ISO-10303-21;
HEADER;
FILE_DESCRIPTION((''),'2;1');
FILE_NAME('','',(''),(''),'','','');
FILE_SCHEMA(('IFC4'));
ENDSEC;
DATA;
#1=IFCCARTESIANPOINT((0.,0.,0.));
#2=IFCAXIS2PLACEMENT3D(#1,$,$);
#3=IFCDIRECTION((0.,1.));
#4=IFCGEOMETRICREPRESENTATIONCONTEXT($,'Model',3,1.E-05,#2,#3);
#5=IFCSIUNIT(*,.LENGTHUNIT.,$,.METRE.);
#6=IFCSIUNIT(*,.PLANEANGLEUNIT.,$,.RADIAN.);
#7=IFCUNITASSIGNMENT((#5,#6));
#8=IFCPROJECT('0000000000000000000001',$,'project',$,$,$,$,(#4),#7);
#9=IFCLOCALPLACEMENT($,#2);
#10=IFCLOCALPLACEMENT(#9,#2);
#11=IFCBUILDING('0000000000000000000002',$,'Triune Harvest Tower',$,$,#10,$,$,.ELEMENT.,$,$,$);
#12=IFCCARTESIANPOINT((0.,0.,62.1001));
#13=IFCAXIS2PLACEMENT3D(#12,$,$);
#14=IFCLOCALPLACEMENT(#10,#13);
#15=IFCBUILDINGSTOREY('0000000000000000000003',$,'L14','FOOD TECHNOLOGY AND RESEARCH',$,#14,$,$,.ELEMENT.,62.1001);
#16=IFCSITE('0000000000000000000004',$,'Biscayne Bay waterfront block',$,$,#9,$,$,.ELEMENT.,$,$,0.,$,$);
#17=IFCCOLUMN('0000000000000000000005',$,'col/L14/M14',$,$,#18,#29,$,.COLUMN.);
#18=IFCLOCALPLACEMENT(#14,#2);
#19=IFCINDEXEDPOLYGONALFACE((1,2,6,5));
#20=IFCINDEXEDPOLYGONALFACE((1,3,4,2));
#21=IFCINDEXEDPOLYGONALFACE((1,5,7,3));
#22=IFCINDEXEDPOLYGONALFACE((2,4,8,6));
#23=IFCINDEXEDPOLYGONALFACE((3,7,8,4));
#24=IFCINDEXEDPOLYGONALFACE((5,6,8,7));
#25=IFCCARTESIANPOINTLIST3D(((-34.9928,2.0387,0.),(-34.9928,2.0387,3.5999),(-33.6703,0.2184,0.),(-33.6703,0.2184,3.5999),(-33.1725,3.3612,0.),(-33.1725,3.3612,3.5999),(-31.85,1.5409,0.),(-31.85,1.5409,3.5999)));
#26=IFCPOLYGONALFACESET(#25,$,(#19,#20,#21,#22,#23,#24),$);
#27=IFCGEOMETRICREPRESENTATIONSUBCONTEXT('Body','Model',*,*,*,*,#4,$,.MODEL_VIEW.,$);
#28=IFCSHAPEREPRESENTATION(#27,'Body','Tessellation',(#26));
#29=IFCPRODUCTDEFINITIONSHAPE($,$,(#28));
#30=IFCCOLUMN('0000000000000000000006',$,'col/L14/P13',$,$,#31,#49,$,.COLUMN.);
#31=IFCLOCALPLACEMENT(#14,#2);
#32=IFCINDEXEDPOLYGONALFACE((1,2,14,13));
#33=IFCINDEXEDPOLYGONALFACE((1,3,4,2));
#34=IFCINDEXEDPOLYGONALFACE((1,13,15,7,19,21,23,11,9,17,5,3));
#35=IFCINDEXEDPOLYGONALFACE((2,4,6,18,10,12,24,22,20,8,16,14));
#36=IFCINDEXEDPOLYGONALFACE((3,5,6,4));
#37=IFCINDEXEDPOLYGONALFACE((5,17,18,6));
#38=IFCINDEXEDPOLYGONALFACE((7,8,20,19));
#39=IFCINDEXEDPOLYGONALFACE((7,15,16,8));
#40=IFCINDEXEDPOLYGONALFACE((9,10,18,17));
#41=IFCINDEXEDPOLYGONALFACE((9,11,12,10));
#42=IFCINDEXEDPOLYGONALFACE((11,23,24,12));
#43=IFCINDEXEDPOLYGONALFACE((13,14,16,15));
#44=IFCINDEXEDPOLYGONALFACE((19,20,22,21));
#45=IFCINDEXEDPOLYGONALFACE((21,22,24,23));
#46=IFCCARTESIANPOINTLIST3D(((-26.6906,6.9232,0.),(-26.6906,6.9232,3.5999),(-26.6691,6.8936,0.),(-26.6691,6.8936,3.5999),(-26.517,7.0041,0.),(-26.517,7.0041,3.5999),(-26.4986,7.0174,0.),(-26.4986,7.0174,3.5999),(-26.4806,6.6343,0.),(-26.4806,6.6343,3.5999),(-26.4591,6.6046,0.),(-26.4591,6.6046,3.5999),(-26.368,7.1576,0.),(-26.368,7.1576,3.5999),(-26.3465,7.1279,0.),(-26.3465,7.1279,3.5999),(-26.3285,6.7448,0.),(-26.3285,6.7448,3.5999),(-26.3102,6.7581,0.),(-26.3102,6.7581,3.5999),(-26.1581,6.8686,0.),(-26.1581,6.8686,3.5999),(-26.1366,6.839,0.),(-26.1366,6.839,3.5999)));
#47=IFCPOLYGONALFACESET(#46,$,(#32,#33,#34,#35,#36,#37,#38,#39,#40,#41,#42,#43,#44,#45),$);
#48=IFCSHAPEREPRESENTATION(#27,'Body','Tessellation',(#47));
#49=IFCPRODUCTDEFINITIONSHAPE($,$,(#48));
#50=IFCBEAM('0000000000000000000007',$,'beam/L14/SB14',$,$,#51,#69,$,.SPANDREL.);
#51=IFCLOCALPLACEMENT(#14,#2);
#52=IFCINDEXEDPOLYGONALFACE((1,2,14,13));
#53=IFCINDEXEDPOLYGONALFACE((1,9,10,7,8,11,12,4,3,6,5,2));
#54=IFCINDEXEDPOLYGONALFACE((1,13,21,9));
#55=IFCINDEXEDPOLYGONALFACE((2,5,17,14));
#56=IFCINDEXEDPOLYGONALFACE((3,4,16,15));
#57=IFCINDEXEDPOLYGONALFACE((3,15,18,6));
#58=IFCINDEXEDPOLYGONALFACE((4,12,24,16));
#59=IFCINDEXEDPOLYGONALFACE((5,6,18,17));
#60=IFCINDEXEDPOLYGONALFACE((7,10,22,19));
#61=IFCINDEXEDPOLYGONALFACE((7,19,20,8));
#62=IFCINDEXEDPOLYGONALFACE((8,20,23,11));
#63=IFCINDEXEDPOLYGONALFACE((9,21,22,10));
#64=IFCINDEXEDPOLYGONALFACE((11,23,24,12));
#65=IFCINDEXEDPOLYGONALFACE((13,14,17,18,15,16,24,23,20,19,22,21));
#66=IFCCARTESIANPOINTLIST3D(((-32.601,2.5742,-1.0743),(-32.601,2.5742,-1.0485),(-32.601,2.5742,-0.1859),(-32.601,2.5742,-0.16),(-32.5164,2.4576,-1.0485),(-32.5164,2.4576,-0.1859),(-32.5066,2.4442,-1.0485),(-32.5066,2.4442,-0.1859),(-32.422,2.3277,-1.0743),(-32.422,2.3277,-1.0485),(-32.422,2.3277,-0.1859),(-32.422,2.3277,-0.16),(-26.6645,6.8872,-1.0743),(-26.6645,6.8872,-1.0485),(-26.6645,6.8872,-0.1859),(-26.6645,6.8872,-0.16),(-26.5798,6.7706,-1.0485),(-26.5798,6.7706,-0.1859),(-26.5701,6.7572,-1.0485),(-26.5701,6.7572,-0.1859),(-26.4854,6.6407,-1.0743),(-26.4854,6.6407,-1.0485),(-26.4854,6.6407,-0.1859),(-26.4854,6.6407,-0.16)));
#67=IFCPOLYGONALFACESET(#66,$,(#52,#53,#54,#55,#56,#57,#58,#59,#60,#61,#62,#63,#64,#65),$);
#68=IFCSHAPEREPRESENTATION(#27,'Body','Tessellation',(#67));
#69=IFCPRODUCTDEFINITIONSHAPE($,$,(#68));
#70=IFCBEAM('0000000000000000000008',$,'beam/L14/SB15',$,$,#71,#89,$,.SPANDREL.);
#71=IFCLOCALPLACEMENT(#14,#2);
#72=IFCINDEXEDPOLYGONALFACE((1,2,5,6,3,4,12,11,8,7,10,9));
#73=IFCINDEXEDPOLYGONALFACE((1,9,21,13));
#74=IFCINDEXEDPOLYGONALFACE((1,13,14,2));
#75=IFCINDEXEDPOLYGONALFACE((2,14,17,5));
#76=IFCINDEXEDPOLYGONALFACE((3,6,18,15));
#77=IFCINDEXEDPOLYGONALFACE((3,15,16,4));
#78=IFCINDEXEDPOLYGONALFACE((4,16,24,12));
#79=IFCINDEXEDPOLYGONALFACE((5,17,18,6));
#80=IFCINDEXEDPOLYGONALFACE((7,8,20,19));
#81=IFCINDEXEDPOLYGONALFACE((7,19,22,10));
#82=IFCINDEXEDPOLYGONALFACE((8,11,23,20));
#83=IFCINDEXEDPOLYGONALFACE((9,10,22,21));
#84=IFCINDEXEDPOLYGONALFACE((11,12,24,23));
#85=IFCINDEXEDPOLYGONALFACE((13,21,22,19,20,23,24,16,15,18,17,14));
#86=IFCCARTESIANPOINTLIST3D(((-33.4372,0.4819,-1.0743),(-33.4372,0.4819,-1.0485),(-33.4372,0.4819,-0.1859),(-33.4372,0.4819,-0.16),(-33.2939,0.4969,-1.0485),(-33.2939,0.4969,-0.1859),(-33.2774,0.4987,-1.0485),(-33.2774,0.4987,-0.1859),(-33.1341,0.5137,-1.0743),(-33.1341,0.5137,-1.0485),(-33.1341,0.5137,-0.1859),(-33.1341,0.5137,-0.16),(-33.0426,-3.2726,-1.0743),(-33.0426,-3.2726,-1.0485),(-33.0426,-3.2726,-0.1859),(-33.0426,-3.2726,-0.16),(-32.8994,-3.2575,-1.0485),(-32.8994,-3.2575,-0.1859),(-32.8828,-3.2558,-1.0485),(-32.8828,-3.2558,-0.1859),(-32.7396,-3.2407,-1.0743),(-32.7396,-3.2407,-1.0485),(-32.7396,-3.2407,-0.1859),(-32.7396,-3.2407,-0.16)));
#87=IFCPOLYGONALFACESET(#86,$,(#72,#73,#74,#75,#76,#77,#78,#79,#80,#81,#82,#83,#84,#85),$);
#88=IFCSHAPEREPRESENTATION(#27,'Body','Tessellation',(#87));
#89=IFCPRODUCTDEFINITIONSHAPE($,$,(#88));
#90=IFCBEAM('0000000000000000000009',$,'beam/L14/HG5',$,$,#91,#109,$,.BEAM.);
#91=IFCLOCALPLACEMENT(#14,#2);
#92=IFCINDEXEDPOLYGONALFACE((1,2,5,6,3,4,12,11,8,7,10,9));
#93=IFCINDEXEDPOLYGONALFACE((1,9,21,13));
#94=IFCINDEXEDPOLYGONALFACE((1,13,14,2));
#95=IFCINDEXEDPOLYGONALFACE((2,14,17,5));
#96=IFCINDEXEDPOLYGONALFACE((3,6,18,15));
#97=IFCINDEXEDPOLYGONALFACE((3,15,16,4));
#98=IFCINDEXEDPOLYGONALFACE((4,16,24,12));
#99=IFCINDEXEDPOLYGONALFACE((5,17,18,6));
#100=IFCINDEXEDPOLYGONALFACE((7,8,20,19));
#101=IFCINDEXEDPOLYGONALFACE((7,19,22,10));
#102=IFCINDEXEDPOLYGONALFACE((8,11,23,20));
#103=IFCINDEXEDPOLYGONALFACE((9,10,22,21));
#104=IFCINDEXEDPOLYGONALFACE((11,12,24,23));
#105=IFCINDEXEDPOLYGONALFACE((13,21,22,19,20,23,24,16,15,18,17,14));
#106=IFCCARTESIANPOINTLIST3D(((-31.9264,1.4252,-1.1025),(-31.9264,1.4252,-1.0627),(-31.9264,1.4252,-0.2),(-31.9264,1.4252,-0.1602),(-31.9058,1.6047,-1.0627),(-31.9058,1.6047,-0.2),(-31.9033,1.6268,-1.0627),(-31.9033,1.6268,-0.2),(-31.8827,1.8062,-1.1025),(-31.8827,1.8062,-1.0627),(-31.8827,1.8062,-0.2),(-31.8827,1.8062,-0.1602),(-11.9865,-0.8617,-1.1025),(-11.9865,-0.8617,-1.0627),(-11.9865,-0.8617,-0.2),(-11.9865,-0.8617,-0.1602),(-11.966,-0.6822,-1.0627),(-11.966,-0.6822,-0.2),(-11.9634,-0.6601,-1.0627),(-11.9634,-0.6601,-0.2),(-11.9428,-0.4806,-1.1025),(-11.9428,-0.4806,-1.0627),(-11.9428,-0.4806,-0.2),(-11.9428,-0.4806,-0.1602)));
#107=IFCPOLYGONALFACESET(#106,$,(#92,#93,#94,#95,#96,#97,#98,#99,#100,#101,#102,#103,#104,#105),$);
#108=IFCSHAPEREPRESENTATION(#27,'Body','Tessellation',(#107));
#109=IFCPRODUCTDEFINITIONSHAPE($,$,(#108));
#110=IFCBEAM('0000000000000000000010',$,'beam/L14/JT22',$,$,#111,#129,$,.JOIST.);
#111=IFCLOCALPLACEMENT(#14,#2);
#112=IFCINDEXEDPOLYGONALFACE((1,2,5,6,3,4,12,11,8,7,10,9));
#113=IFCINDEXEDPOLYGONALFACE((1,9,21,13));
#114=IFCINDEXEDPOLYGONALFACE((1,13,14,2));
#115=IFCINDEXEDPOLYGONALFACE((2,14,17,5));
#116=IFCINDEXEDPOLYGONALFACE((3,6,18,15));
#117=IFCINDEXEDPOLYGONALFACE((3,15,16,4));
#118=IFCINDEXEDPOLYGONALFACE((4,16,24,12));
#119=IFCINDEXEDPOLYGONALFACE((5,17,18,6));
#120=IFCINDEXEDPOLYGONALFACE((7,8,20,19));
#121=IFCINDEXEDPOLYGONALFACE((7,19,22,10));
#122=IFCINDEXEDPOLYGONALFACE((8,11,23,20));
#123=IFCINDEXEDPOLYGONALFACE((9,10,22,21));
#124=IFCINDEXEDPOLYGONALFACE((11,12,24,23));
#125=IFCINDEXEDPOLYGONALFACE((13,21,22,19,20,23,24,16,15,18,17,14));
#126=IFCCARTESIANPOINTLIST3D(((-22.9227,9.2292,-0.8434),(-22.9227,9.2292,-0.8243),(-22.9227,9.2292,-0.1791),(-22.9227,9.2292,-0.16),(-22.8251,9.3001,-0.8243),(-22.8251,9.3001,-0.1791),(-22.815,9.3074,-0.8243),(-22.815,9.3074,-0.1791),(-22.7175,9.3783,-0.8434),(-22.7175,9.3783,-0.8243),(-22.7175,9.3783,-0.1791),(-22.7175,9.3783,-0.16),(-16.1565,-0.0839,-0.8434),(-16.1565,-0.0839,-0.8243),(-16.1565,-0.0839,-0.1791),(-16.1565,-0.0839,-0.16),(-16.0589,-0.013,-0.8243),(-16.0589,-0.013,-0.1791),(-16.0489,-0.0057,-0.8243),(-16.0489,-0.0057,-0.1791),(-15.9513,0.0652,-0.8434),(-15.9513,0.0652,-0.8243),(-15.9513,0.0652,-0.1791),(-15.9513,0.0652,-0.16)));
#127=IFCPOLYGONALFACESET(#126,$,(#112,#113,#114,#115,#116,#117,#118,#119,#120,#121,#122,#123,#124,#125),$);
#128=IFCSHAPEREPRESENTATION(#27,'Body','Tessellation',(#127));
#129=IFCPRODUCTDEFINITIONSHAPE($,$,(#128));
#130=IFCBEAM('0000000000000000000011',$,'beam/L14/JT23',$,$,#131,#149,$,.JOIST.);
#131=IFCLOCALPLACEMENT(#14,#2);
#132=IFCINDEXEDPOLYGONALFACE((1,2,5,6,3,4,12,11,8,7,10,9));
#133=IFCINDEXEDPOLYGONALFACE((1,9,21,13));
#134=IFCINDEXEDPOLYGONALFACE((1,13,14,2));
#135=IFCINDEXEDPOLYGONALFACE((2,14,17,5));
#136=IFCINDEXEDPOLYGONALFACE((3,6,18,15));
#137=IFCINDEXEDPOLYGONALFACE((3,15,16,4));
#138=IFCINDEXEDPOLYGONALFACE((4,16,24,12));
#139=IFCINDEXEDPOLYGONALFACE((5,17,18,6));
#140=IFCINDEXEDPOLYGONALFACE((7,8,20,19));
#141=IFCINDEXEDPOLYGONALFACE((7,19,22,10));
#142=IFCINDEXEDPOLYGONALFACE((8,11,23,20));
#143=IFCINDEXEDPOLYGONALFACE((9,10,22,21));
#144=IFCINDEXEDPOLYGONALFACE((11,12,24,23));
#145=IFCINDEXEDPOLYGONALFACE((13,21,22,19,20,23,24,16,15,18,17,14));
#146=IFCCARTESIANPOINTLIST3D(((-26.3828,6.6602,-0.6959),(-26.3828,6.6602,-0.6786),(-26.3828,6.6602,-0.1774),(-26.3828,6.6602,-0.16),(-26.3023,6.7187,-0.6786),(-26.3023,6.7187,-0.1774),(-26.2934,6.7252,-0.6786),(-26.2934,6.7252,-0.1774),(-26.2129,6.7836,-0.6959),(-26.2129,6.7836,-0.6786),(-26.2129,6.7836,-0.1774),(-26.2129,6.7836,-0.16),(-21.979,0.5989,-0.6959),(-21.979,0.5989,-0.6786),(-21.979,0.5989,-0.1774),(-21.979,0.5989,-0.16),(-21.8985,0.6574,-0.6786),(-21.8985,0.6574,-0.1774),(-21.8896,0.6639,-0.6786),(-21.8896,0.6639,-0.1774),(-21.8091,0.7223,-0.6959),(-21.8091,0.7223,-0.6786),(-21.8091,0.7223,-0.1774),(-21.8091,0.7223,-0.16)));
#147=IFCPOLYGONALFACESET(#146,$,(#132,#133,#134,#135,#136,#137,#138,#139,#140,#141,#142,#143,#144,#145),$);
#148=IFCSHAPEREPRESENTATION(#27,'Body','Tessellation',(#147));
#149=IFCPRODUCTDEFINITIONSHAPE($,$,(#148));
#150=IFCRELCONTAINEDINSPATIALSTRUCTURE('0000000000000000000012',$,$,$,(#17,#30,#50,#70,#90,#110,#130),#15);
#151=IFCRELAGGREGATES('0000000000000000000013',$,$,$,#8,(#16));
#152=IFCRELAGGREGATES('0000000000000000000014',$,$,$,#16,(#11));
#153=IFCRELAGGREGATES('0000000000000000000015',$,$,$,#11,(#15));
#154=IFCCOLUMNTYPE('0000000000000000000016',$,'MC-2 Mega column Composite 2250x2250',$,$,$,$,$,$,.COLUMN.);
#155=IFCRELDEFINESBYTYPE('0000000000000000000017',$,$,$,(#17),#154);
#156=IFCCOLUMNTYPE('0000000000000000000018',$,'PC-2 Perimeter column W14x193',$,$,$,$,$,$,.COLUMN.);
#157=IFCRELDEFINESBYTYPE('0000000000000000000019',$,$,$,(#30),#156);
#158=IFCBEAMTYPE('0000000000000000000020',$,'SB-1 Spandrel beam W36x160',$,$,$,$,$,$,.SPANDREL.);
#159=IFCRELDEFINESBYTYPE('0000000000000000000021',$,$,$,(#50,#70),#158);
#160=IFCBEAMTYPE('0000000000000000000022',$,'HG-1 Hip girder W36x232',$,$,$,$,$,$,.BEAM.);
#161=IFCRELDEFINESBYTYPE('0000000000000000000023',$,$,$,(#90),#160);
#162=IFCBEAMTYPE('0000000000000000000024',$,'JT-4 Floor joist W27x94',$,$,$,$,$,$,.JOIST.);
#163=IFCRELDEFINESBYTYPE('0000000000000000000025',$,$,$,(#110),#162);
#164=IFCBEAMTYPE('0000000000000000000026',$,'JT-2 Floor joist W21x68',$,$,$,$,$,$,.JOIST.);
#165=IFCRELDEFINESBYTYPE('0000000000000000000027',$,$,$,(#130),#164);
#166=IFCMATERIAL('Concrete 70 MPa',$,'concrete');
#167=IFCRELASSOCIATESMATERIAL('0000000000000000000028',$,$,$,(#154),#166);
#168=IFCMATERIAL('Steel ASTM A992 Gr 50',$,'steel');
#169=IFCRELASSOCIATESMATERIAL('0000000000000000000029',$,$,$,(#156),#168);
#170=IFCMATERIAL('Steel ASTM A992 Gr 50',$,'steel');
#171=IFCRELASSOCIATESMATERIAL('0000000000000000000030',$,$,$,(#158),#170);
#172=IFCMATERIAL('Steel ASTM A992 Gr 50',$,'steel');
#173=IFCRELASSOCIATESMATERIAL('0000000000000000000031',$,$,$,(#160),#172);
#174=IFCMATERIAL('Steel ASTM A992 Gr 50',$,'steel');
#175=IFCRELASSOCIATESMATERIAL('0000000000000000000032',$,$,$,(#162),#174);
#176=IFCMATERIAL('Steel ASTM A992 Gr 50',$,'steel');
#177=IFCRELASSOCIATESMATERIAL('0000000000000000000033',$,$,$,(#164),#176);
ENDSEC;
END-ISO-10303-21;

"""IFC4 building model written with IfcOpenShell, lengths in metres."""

from ifc_helpers import new_model, si_unit, direction, frame, origin, origin_2d, place, context, subcontext, project, spatial, rectangle, i_section, extrude, source, transform, mapped, material, material_profile, profile_set, type_object, element, save


model = new_model("IFC4")

# Units and contexts
model_context = context("Model", 3, precision=1e-05, world=origin(), true_north=direction((0.0, 1.0)))
body_context = subcontext(model_context, "Body", "Model", "MODEL_VIEW")
ifc_project = project(units=[si_unit("LENGTHUNIT", "METRE"), si_unit("PLANEANGLEUNIT", "RADIAN")], contexts=[model_context])

# Site, building, storey
site_placement = place(None, origin())
site = spatial("IfcSite", under=ifc_project, at=site_placement, Name="Biscayne Bay waterfront block", CompositionType="ELEMENT", RefElevation=0.0)
building_placement = place(site_placement, origin())
building = spatial("IfcBuilding", under=site, at=building_placement, Name="Triune Harvest Tower", CompositionType="ELEMENT")
storey_placement = place(building_placement, frame((0.0, 0.0, 62.1001)))
storey = spatial("IfcBuildingStorey", under=building, at=storey_placement, Name="L14", Description="FOOD TECHNOLOGY AND RESEARCH", CompositionType="ELEMENT", Elevation=62.1001)

# Columns
ifc_material_1 = material(Name="Concrete 70 MPa", Category="concrete")
ifc_material_profile_1 = material_profile(ifc_material_1, rectangle(XDim=2.25, YDim=2.25, at=origin_2d()), Name="Composite 2250x2250")
ifc_profile_set_1 = profile_set([ifc_material_profile_1], Name="Concrete 70 MPa")
column_type_1 = type_object("IfcColumnType", Name="MC-2 Mega column Composite 2250x2250", PredefinedType="COLUMN", material=ifc_profile_set_1)
shared_shape_1 = source(origin(), body_context, "Body", "SweptSolid", [
    extrude(rectangle(XDim=2.25, YDim=2.25, at=origin_2d()), origin(), (0.0, 0.0, 1.0), 3.5999),
])
column_1_placement = place(storey_placement, frame((-33.4214, 1.7898, 0.0), z_axis=(0.0, 0.0, 1.0), x_axis=(-0.809017, -0.587785, 0.0)))
element("IfcColumn", 1, at=column_1_placement, inside=storey, type_object=column_type_1, Name="col/L14/M14", PredefinedType="COLUMN", context=body_context, shape_type="MappedRepresentation", body=[
    mapped(shared_shape_1, transform((0.0, 0.0, 0.0), scale=1.0)),
])
ifc_material_2 = material(Name="Steel ASTM A992 Gr 50", Category="steel")
ifc_material_profile_2 = material_profile(ifc_material_2, i_section(OverallWidth=0.3987, OverallDepth=0.3938, WebThickness=0.0227, FlangeThickness=0.0366, at=origin_2d()), Name="W14x193")
ifc_profile_set_2 = profile_set([ifc_material_profile_2], Name="Steel ASTM A992 Gr 50")
column_type_2 = type_object("IfcColumnType", Name="PC-2 Perimeter column W14x193", PredefinedType="COLUMN", material=ifc_profile_set_2)
shared_shape_2 = source(origin(), body_context, "Body", "SweptSolid", [
    extrude(i_section(OverallWidth=0.3987, OverallDepth=0.3938, WebThickness=0.0227, FlangeThickness=0.0366, at=origin_2d()), origin(), (0.0, 0.0, 1.0), 3.5999),
])
column_2_placement = place(storey_placement, frame((-26.4136, 6.8811, 0.0), z_axis=(0.0, 0.0, 1.0), x_axis=(-0.809017, -0.587785, 0.0)))
element("IfcColumn", 2, at=column_2_placement, inside=storey, type_object=column_type_2, Name="col/L14/P13", PredefinedType="COLUMN", context=body_context, shape_type="MappedRepresentation", body=[
    mapped(shared_shape_2, transform((0.0, 0.0, 0.0), scale=1.0)),
])

# Beams
ifc_material_3 = material(Name="Steel ASTM A992 Gr 50", Category="steel")
ifc_material_profile_3 = material_profile(ifc_material_3, i_section(OverallWidth=0.3047, OverallDepth=0.9143, WebThickness=0.0166, FlangeThickness=0.0259, at=origin_2d()), Name="W36x160")
ifc_profile_set_3 = profile_set([ifc_material_profile_3], Name="Steel ASTM A992 Gr 50")
beam_type_1 = type_object("IfcBeamType", Name="SB-1 Spandrel beam W36x160", PredefinedType="SPANDREL", material=ifc_profile_set_3)
shared_shape_3 = source(origin(), body_context, "Body", "SweptSolid", [
    extrude(i_section(OverallWidth=0.3047, OverallDepth=0.9143, WebThickness=0.0166, FlangeThickness=0.0259, at=origin_2d()), origin(), (0.0, 0.0, 1.0), 7.3379),
])
beam_1_placement = place(storey_placement, frame((-26.575, 6.7639, -0.6172), z_axis=(-0.809027, -0.587772, 0.0), x_axis=(0.587772, -0.809027, 0.0)))
element("IfcBeam", 3, at=beam_1_placement, inside=storey, type_object=beam_type_1, Name="beam/L14/SB14", PredefinedType="SPANDREL", context=body_context, shape_type="MappedRepresentation", body=[
    mapped(shared_shape_3, transform((0.0, 0.0, 0.0), scale=1.0)),
])
shared_shape_4 = source(origin(), body_context, "Body", "SweptSolid", [
    extrude(i_section(OverallWidth=0.3047, OverallDepth=0.9143, WebThickness=0.0166, FlangeThickness=0.0259, at=origin_2d()), origin(), (0.0, 0.0, 1.0), 3.7751),
])
beam_2_placement = place(storey_placement, frame((-33.2856, 0.4978, -0.6172), z_axis=(0.10451, -0.994524, 0.0), x_axis=(0.994524, 0.10451, 0.0)))
element("IfcBeam", 4, at=beam_2_placement, inside=storey, type_object=beam_type_1, Name="beam/L14/SB15", PredefinedType="SPANDREL", context=body_context, shape_type="MappedRepresentation", body=[
    mapped(shared_shape_4, transform((0.0, 0.0, 0.0), scale=1.0)),
])
ifc_material_4 = material(Name="Steel ASTM A992 Gr 50", Category="steel")
ifc_material_profile_4 = material_profile(ifc_material_4, i_section(OverallWidth=0.3835, OverallDepth=0.9424, WebThickness=0.0222, FlangeThickness=0.0398, at=origin_2d()), Name="W36x232")
ifc_profile_set_4 = profile_set([ifc_material_profile_4], Name="Steel ASTM A992 Gr 50")
beam_type_2 = type_object("IfcBeamType", Name="HG-1 Hip girder W36x232", PredefinedType="BEAM", material=ifc_profile_set_4)
shared_shape_5 = source(origin(), body_context, "Body", "SweptSolid", [
    extrude(i_section(OverallWidth=0.3835, OverallDepth=0.9424, WebThickness=0.0222, FlangeThickness=0.0398, at=origin_2d()), origin(), (0.0, 0.0, 1.0), 20.0706),
])
beam_3_placement = place(storey_placement, frame((-31.9045, 1.6157, -0.6313), z_axis=(0.993488, -0.113941, 0.0), x_axis=(0.113941, 0.993488, 0.0)))
element("IfcBeam", 5, at=beam_3_placement, inside=storey, type_object=beam_type_2, Name="beam/L14/HG5", PredefinedType="BEAM", context=body_context, shape_type="MappedRepresentation", body=[
    mapped(shared_shape_5, transform((0.0, 0.0, 0.0), scale=1.0)),
])
ifc_material_5 = material(Name="Steel ASTM A992 Gr 50", Category="steel")
ifc_material_profile_5 = material_profile(ifc_material_5, i_section(OverallWidth=0.2537, OverallDepth=0.6833, WebThickness=0.0125, FlangeThickness=0.019, at=origin_2d()), Name="W27x94")
ifc_profile_set_5 = profile_set([ifc_material_profile_5], Name="Steel ASTM A992 Gr 50")
beam_type_3 = type_object("IfcBeamType", Name="JT-4 Floor joist W27x94", PredefinedType="JOIST", material=ifc_profile_set_5)
shared_shape_6 = source(origin(), body_context, "Body", "SweptSolid", [
    extrude(i_section(OverallWidth=0.2537, OverallDepth=0.6833, WebThickness=0.0125, FlangeThickness=0.019, at=origin_2d()), origin(), (0.0, 0.0, 1.0), 11.5115),
])
beam_4_placement = place(storey_placement, frame((-22.8201, 9.3037, -0.5017), z_axis=(0.587776, -0.809024, 0.0), x_axis=(0.809024, 0.587776, 0.0)))
element("IfcBeam", 6, at=beam_4_placement, inside=storey, type_object=beam_type_3, Name="beam/L14/JT22", PredefinedType="JOIST", context=body_context, shape_type="MappedRepresentation", body=[
    mapped(shared_shape_6, transform((0.0, 0.0, 0.0), scale=1.0)),
])
ifc_material_6 = material(Name="Steel ASTM A992 Gr 50", Category="steel")
ifc_material_profile_6 = material_profile(ifc_material_6, i_section(OverallWidth=0.21, OverallDepth=0.5359, WebThickness=0.011, FlangeThickness=0.0173, at=origin_2d()), Name="W21x68")
ifc_profile_set_6 = profile_set([ifc_material_profile_6], Name="Steel ASTM A992 Gr 50")
beam_type_4 = type_object("IfcBeamType", Name="JT-2 Floor joist W21x68", PredefinedType="JOIST", material=ifc_profile_set_6)
shared_shape_7 = source(origin(), body_context, "Body", "SweptSolid", [
    extrude(i_section(OverallWidth=0.21, OverallDepth=0.5359, WebThickness=0.011, FlangeThickness=0.0173, at=origin_2d()), origin(), (0.0, 0.0, 1.0), 7.4922),
])
beam_5_placement = place(storey_placement, frame((-26.2979, 6.7219, -0.428), z_axis=(0.587788, -0.809015, 0.0), x_axis=(0.809015, 0.587788, 0.0)))
element("IfcBeam", 7, at=beam_5_placement, inside=storey, type_object=beam_type_4, Name="beam/L14/JT23", PredefinedType="JOIST", context=body_context, shape_type="MappedRepresentation", body=[
    mapped(shared_shape_7, transform((0.0, 0.0, 0.0), scale=1.0)),
])

save(model, "model.ifc")
